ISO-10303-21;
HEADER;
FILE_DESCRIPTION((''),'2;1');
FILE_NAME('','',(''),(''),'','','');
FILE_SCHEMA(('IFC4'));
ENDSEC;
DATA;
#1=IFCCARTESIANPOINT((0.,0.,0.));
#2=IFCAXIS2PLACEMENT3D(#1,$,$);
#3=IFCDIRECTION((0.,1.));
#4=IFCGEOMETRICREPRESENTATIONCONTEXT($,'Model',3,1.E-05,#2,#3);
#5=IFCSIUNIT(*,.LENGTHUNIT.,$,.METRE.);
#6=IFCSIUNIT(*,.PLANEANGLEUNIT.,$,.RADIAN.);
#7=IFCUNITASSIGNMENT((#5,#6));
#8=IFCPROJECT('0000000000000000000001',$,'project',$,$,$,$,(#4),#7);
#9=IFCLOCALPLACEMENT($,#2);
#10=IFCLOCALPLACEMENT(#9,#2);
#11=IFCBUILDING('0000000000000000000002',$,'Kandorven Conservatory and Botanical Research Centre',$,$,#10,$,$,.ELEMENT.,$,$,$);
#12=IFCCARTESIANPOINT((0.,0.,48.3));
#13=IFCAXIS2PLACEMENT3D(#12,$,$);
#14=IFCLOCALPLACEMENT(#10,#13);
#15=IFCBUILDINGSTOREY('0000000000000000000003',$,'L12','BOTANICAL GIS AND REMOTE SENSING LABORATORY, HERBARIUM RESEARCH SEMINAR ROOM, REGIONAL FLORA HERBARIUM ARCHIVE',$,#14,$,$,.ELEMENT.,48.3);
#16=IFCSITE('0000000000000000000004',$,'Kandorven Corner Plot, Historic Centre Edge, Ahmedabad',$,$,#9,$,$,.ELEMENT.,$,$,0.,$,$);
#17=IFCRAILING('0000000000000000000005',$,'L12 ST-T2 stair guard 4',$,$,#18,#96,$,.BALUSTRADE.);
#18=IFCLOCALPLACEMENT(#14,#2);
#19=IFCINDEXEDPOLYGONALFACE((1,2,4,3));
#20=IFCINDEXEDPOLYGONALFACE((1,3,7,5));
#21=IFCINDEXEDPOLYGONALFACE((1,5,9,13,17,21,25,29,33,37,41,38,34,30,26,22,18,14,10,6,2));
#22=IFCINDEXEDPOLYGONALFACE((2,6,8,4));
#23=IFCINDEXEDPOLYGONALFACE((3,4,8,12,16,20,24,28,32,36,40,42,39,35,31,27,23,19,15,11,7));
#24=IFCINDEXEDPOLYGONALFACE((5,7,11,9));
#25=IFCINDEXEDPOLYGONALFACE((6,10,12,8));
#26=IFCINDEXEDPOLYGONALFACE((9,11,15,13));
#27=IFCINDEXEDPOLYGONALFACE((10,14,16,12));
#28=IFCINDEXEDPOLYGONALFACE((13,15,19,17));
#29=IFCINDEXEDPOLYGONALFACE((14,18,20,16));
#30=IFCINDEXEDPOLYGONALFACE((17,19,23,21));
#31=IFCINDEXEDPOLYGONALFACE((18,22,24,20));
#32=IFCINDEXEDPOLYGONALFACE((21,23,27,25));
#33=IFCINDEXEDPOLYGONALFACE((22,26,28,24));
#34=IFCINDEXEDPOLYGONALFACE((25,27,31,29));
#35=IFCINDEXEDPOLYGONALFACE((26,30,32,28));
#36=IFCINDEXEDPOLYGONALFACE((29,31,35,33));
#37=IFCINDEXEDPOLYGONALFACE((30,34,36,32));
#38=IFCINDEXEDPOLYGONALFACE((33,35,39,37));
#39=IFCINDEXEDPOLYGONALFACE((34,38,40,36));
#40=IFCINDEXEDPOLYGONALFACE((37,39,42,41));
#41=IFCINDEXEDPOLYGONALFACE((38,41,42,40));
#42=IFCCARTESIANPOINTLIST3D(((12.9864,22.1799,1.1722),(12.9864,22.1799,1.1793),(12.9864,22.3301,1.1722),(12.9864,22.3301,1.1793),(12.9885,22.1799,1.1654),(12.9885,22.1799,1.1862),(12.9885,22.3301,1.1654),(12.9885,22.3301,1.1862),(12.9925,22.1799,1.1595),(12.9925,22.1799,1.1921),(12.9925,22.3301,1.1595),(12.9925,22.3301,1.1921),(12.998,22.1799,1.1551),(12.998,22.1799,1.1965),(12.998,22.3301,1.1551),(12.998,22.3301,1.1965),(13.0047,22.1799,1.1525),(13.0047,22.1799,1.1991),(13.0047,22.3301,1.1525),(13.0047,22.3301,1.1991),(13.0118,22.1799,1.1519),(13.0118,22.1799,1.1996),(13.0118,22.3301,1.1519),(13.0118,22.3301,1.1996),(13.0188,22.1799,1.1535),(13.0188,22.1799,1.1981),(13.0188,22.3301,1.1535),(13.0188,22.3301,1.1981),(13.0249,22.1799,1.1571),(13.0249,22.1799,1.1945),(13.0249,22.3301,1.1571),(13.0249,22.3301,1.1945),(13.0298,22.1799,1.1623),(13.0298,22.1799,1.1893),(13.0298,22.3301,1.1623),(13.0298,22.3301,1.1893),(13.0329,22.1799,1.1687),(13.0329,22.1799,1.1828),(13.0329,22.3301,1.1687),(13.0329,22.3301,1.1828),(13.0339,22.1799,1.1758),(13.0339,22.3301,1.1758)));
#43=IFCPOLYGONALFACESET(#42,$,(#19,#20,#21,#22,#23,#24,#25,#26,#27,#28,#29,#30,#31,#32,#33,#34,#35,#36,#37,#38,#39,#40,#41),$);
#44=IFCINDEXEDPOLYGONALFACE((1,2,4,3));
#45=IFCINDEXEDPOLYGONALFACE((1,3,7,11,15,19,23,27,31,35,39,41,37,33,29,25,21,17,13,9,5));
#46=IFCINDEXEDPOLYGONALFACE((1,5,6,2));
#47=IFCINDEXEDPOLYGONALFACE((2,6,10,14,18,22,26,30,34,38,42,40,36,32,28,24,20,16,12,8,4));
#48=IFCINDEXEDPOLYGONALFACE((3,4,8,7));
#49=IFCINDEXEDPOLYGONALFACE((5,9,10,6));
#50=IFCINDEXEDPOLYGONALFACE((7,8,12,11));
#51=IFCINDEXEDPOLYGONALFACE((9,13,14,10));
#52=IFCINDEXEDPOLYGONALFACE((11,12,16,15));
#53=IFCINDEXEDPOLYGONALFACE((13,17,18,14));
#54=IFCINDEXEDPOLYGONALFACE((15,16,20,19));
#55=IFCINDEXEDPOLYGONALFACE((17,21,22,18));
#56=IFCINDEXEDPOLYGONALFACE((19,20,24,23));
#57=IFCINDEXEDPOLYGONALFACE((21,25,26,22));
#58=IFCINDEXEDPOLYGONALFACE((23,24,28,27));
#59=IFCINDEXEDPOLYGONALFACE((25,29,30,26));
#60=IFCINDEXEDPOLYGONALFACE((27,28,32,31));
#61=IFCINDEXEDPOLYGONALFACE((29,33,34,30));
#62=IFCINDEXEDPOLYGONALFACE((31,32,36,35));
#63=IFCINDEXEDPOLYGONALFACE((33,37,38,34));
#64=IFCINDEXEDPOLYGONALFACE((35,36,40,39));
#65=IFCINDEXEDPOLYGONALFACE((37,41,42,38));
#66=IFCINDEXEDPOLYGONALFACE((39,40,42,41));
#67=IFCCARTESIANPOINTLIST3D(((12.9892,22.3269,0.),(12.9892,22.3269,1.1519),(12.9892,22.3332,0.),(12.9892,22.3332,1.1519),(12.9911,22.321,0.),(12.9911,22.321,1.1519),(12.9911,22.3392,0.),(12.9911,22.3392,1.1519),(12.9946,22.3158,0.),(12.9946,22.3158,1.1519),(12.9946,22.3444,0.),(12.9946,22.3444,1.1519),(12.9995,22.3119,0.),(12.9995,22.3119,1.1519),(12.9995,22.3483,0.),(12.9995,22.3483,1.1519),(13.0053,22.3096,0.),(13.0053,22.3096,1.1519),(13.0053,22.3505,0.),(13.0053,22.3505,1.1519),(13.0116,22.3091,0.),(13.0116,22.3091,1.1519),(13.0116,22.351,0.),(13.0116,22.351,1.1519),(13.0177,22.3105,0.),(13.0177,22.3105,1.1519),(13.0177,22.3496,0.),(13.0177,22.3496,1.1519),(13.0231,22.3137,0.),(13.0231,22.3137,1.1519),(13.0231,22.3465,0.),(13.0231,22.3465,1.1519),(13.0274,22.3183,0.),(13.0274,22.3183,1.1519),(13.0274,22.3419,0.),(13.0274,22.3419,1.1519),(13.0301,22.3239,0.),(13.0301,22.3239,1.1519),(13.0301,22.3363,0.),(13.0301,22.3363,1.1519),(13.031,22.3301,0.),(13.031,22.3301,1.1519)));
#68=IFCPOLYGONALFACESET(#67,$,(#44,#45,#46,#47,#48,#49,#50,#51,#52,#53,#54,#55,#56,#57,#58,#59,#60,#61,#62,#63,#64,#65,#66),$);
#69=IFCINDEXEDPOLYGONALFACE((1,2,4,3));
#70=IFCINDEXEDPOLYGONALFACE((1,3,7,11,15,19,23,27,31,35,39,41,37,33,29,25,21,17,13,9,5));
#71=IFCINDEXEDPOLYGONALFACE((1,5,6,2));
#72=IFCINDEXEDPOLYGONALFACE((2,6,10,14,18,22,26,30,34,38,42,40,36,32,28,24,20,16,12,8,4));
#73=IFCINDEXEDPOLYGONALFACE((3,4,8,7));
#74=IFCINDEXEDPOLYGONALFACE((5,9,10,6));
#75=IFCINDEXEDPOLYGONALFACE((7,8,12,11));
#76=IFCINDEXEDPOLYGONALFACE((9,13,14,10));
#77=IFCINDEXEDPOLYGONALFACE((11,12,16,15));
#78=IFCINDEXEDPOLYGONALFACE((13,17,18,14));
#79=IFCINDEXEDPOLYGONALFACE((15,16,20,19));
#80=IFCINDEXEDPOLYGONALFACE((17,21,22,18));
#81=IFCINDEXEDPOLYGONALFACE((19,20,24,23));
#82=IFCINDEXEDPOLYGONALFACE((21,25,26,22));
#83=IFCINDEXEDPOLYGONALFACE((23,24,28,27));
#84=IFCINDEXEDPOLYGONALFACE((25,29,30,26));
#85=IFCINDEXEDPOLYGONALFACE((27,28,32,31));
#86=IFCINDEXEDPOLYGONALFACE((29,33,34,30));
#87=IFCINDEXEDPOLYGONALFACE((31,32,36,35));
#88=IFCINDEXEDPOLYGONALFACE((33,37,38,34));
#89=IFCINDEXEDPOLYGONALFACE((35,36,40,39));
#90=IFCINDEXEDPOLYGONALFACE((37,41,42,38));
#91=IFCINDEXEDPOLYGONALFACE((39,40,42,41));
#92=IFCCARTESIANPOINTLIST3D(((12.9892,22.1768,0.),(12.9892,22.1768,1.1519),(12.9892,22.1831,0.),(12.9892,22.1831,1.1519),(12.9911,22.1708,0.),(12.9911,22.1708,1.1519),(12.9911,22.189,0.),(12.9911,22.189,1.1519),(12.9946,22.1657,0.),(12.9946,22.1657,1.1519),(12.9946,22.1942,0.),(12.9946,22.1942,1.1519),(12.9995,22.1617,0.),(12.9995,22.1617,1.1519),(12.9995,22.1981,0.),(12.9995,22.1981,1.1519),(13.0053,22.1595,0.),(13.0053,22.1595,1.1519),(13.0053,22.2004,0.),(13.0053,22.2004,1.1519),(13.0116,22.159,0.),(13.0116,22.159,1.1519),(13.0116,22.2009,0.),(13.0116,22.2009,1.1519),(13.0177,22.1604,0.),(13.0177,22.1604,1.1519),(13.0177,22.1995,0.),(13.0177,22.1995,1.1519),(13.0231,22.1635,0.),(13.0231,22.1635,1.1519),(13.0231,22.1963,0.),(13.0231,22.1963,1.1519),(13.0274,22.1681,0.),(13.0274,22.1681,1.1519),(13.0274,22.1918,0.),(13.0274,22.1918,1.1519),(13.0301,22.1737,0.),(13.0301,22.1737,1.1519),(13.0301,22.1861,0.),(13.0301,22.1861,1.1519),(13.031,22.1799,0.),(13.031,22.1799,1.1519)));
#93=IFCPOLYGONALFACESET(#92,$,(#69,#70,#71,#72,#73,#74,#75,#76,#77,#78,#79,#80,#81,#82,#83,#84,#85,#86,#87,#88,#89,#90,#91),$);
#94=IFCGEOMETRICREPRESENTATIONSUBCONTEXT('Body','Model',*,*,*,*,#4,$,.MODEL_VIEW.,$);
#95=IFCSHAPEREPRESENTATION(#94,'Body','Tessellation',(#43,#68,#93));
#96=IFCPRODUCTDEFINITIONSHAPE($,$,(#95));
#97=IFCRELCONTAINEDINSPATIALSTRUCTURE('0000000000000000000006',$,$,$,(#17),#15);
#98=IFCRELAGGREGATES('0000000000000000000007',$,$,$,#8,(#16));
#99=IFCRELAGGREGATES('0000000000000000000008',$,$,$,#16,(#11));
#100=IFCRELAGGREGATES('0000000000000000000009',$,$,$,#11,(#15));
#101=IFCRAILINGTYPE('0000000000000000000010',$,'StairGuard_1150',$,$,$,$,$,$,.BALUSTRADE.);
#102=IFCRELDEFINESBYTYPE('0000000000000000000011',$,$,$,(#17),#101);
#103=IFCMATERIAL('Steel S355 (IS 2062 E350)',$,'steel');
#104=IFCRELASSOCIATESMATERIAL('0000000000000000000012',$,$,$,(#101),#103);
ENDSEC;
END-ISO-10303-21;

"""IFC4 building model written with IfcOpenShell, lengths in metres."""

from ifc_helpers import new_model, si_unit, direction, frame, origin, origin_2d, place, context, subcontext, project, spatial, circle, extrude, material, type_object, element, save


model = new_model("IFC4")

# Units and contexts
model_context = context("Model", 3, precision=1e-05, world=origin(), true_north=direction((0.0, 1.0)))
body_context = subcontext(model_context, "Body", "Model", "MODEL_VIEW")
ifc_project = project(units=[si_unit("LENGTHUNIT", "METRE"), si_unit("PLANEANGLEUNIT", "RADIAN")], contexts=[model_context])

# Site, building, storey
site_placement = place(None, origin())
site = spatial("IfcSite", under=ifc_project, at=site_placement, Name="Kandorven Corner Plot, Historic Centre Edge, Ahmedabad", CompositionType="ELEMENT", RefElevation=0.0)
building_placement = place(site_placement, origin())
building = spatial("IfcBuilding", under=site, at=building_placement, Name="Kandorven Conservatory and Botanical Research Centre", CompositionType="ELEMENT")
storey_placement = place(building_placement, frame((0.0, 0.0, 48.3)))
storey = spatial("IfcBuildingStorey", under=building, at=storey_placement, Name="L12", Description="BOTANICAL GIS AND REMOTE SENSING LABORATORY, HERBARIUM RESEARCH SEMINAR ROOM, REGIONAL FLORA HERBARIUM ARCHIVE", CompositionType="ELEMENT", Elevation=48.3)

# Railing
ifc_material_1 = material(Name="Steel S355 (IS 2062 E350)", Category="steel")
railing_type_1 = type_object("IfcRailingType", Name="StairGuard_1150", PredefinedType="BALUSTRADE", material=ifc_material_1)
railing_1_placement = place(storey_placement, frame((13.01, 22.3301, 0.0)))
element("IfcRailing", 1, at=railing_1_placement, inside=storey, type_object=railing_type_1, Name="L12 ST-T2 stair guard 4", PredefinedType="BALUSTRADE", context=body_context, shape_type="SweptSolid", body=[
    extrude(circle(Radius=0.0239, at=origin_2d()), frame((0.0, 0.0, 1.1758), z_axis=(0.0, -1.0, 0.0), x_axis=(1.0, 0.0, 0.0)), (0.0, 0.0, 1.0), 0.1501),
    extrude(circle(Radius=0.021, at=origin_2d()), origin(), (0.0, 0.0, 1.0), 1.1519),
    extrude(circle(Radius=0.021, at=origin_2d()), frame((0.0, -0.1501, 0.0)), (0.0, 0.0, 1.0), 1.1519),
])

save(model, "model.ifc")
